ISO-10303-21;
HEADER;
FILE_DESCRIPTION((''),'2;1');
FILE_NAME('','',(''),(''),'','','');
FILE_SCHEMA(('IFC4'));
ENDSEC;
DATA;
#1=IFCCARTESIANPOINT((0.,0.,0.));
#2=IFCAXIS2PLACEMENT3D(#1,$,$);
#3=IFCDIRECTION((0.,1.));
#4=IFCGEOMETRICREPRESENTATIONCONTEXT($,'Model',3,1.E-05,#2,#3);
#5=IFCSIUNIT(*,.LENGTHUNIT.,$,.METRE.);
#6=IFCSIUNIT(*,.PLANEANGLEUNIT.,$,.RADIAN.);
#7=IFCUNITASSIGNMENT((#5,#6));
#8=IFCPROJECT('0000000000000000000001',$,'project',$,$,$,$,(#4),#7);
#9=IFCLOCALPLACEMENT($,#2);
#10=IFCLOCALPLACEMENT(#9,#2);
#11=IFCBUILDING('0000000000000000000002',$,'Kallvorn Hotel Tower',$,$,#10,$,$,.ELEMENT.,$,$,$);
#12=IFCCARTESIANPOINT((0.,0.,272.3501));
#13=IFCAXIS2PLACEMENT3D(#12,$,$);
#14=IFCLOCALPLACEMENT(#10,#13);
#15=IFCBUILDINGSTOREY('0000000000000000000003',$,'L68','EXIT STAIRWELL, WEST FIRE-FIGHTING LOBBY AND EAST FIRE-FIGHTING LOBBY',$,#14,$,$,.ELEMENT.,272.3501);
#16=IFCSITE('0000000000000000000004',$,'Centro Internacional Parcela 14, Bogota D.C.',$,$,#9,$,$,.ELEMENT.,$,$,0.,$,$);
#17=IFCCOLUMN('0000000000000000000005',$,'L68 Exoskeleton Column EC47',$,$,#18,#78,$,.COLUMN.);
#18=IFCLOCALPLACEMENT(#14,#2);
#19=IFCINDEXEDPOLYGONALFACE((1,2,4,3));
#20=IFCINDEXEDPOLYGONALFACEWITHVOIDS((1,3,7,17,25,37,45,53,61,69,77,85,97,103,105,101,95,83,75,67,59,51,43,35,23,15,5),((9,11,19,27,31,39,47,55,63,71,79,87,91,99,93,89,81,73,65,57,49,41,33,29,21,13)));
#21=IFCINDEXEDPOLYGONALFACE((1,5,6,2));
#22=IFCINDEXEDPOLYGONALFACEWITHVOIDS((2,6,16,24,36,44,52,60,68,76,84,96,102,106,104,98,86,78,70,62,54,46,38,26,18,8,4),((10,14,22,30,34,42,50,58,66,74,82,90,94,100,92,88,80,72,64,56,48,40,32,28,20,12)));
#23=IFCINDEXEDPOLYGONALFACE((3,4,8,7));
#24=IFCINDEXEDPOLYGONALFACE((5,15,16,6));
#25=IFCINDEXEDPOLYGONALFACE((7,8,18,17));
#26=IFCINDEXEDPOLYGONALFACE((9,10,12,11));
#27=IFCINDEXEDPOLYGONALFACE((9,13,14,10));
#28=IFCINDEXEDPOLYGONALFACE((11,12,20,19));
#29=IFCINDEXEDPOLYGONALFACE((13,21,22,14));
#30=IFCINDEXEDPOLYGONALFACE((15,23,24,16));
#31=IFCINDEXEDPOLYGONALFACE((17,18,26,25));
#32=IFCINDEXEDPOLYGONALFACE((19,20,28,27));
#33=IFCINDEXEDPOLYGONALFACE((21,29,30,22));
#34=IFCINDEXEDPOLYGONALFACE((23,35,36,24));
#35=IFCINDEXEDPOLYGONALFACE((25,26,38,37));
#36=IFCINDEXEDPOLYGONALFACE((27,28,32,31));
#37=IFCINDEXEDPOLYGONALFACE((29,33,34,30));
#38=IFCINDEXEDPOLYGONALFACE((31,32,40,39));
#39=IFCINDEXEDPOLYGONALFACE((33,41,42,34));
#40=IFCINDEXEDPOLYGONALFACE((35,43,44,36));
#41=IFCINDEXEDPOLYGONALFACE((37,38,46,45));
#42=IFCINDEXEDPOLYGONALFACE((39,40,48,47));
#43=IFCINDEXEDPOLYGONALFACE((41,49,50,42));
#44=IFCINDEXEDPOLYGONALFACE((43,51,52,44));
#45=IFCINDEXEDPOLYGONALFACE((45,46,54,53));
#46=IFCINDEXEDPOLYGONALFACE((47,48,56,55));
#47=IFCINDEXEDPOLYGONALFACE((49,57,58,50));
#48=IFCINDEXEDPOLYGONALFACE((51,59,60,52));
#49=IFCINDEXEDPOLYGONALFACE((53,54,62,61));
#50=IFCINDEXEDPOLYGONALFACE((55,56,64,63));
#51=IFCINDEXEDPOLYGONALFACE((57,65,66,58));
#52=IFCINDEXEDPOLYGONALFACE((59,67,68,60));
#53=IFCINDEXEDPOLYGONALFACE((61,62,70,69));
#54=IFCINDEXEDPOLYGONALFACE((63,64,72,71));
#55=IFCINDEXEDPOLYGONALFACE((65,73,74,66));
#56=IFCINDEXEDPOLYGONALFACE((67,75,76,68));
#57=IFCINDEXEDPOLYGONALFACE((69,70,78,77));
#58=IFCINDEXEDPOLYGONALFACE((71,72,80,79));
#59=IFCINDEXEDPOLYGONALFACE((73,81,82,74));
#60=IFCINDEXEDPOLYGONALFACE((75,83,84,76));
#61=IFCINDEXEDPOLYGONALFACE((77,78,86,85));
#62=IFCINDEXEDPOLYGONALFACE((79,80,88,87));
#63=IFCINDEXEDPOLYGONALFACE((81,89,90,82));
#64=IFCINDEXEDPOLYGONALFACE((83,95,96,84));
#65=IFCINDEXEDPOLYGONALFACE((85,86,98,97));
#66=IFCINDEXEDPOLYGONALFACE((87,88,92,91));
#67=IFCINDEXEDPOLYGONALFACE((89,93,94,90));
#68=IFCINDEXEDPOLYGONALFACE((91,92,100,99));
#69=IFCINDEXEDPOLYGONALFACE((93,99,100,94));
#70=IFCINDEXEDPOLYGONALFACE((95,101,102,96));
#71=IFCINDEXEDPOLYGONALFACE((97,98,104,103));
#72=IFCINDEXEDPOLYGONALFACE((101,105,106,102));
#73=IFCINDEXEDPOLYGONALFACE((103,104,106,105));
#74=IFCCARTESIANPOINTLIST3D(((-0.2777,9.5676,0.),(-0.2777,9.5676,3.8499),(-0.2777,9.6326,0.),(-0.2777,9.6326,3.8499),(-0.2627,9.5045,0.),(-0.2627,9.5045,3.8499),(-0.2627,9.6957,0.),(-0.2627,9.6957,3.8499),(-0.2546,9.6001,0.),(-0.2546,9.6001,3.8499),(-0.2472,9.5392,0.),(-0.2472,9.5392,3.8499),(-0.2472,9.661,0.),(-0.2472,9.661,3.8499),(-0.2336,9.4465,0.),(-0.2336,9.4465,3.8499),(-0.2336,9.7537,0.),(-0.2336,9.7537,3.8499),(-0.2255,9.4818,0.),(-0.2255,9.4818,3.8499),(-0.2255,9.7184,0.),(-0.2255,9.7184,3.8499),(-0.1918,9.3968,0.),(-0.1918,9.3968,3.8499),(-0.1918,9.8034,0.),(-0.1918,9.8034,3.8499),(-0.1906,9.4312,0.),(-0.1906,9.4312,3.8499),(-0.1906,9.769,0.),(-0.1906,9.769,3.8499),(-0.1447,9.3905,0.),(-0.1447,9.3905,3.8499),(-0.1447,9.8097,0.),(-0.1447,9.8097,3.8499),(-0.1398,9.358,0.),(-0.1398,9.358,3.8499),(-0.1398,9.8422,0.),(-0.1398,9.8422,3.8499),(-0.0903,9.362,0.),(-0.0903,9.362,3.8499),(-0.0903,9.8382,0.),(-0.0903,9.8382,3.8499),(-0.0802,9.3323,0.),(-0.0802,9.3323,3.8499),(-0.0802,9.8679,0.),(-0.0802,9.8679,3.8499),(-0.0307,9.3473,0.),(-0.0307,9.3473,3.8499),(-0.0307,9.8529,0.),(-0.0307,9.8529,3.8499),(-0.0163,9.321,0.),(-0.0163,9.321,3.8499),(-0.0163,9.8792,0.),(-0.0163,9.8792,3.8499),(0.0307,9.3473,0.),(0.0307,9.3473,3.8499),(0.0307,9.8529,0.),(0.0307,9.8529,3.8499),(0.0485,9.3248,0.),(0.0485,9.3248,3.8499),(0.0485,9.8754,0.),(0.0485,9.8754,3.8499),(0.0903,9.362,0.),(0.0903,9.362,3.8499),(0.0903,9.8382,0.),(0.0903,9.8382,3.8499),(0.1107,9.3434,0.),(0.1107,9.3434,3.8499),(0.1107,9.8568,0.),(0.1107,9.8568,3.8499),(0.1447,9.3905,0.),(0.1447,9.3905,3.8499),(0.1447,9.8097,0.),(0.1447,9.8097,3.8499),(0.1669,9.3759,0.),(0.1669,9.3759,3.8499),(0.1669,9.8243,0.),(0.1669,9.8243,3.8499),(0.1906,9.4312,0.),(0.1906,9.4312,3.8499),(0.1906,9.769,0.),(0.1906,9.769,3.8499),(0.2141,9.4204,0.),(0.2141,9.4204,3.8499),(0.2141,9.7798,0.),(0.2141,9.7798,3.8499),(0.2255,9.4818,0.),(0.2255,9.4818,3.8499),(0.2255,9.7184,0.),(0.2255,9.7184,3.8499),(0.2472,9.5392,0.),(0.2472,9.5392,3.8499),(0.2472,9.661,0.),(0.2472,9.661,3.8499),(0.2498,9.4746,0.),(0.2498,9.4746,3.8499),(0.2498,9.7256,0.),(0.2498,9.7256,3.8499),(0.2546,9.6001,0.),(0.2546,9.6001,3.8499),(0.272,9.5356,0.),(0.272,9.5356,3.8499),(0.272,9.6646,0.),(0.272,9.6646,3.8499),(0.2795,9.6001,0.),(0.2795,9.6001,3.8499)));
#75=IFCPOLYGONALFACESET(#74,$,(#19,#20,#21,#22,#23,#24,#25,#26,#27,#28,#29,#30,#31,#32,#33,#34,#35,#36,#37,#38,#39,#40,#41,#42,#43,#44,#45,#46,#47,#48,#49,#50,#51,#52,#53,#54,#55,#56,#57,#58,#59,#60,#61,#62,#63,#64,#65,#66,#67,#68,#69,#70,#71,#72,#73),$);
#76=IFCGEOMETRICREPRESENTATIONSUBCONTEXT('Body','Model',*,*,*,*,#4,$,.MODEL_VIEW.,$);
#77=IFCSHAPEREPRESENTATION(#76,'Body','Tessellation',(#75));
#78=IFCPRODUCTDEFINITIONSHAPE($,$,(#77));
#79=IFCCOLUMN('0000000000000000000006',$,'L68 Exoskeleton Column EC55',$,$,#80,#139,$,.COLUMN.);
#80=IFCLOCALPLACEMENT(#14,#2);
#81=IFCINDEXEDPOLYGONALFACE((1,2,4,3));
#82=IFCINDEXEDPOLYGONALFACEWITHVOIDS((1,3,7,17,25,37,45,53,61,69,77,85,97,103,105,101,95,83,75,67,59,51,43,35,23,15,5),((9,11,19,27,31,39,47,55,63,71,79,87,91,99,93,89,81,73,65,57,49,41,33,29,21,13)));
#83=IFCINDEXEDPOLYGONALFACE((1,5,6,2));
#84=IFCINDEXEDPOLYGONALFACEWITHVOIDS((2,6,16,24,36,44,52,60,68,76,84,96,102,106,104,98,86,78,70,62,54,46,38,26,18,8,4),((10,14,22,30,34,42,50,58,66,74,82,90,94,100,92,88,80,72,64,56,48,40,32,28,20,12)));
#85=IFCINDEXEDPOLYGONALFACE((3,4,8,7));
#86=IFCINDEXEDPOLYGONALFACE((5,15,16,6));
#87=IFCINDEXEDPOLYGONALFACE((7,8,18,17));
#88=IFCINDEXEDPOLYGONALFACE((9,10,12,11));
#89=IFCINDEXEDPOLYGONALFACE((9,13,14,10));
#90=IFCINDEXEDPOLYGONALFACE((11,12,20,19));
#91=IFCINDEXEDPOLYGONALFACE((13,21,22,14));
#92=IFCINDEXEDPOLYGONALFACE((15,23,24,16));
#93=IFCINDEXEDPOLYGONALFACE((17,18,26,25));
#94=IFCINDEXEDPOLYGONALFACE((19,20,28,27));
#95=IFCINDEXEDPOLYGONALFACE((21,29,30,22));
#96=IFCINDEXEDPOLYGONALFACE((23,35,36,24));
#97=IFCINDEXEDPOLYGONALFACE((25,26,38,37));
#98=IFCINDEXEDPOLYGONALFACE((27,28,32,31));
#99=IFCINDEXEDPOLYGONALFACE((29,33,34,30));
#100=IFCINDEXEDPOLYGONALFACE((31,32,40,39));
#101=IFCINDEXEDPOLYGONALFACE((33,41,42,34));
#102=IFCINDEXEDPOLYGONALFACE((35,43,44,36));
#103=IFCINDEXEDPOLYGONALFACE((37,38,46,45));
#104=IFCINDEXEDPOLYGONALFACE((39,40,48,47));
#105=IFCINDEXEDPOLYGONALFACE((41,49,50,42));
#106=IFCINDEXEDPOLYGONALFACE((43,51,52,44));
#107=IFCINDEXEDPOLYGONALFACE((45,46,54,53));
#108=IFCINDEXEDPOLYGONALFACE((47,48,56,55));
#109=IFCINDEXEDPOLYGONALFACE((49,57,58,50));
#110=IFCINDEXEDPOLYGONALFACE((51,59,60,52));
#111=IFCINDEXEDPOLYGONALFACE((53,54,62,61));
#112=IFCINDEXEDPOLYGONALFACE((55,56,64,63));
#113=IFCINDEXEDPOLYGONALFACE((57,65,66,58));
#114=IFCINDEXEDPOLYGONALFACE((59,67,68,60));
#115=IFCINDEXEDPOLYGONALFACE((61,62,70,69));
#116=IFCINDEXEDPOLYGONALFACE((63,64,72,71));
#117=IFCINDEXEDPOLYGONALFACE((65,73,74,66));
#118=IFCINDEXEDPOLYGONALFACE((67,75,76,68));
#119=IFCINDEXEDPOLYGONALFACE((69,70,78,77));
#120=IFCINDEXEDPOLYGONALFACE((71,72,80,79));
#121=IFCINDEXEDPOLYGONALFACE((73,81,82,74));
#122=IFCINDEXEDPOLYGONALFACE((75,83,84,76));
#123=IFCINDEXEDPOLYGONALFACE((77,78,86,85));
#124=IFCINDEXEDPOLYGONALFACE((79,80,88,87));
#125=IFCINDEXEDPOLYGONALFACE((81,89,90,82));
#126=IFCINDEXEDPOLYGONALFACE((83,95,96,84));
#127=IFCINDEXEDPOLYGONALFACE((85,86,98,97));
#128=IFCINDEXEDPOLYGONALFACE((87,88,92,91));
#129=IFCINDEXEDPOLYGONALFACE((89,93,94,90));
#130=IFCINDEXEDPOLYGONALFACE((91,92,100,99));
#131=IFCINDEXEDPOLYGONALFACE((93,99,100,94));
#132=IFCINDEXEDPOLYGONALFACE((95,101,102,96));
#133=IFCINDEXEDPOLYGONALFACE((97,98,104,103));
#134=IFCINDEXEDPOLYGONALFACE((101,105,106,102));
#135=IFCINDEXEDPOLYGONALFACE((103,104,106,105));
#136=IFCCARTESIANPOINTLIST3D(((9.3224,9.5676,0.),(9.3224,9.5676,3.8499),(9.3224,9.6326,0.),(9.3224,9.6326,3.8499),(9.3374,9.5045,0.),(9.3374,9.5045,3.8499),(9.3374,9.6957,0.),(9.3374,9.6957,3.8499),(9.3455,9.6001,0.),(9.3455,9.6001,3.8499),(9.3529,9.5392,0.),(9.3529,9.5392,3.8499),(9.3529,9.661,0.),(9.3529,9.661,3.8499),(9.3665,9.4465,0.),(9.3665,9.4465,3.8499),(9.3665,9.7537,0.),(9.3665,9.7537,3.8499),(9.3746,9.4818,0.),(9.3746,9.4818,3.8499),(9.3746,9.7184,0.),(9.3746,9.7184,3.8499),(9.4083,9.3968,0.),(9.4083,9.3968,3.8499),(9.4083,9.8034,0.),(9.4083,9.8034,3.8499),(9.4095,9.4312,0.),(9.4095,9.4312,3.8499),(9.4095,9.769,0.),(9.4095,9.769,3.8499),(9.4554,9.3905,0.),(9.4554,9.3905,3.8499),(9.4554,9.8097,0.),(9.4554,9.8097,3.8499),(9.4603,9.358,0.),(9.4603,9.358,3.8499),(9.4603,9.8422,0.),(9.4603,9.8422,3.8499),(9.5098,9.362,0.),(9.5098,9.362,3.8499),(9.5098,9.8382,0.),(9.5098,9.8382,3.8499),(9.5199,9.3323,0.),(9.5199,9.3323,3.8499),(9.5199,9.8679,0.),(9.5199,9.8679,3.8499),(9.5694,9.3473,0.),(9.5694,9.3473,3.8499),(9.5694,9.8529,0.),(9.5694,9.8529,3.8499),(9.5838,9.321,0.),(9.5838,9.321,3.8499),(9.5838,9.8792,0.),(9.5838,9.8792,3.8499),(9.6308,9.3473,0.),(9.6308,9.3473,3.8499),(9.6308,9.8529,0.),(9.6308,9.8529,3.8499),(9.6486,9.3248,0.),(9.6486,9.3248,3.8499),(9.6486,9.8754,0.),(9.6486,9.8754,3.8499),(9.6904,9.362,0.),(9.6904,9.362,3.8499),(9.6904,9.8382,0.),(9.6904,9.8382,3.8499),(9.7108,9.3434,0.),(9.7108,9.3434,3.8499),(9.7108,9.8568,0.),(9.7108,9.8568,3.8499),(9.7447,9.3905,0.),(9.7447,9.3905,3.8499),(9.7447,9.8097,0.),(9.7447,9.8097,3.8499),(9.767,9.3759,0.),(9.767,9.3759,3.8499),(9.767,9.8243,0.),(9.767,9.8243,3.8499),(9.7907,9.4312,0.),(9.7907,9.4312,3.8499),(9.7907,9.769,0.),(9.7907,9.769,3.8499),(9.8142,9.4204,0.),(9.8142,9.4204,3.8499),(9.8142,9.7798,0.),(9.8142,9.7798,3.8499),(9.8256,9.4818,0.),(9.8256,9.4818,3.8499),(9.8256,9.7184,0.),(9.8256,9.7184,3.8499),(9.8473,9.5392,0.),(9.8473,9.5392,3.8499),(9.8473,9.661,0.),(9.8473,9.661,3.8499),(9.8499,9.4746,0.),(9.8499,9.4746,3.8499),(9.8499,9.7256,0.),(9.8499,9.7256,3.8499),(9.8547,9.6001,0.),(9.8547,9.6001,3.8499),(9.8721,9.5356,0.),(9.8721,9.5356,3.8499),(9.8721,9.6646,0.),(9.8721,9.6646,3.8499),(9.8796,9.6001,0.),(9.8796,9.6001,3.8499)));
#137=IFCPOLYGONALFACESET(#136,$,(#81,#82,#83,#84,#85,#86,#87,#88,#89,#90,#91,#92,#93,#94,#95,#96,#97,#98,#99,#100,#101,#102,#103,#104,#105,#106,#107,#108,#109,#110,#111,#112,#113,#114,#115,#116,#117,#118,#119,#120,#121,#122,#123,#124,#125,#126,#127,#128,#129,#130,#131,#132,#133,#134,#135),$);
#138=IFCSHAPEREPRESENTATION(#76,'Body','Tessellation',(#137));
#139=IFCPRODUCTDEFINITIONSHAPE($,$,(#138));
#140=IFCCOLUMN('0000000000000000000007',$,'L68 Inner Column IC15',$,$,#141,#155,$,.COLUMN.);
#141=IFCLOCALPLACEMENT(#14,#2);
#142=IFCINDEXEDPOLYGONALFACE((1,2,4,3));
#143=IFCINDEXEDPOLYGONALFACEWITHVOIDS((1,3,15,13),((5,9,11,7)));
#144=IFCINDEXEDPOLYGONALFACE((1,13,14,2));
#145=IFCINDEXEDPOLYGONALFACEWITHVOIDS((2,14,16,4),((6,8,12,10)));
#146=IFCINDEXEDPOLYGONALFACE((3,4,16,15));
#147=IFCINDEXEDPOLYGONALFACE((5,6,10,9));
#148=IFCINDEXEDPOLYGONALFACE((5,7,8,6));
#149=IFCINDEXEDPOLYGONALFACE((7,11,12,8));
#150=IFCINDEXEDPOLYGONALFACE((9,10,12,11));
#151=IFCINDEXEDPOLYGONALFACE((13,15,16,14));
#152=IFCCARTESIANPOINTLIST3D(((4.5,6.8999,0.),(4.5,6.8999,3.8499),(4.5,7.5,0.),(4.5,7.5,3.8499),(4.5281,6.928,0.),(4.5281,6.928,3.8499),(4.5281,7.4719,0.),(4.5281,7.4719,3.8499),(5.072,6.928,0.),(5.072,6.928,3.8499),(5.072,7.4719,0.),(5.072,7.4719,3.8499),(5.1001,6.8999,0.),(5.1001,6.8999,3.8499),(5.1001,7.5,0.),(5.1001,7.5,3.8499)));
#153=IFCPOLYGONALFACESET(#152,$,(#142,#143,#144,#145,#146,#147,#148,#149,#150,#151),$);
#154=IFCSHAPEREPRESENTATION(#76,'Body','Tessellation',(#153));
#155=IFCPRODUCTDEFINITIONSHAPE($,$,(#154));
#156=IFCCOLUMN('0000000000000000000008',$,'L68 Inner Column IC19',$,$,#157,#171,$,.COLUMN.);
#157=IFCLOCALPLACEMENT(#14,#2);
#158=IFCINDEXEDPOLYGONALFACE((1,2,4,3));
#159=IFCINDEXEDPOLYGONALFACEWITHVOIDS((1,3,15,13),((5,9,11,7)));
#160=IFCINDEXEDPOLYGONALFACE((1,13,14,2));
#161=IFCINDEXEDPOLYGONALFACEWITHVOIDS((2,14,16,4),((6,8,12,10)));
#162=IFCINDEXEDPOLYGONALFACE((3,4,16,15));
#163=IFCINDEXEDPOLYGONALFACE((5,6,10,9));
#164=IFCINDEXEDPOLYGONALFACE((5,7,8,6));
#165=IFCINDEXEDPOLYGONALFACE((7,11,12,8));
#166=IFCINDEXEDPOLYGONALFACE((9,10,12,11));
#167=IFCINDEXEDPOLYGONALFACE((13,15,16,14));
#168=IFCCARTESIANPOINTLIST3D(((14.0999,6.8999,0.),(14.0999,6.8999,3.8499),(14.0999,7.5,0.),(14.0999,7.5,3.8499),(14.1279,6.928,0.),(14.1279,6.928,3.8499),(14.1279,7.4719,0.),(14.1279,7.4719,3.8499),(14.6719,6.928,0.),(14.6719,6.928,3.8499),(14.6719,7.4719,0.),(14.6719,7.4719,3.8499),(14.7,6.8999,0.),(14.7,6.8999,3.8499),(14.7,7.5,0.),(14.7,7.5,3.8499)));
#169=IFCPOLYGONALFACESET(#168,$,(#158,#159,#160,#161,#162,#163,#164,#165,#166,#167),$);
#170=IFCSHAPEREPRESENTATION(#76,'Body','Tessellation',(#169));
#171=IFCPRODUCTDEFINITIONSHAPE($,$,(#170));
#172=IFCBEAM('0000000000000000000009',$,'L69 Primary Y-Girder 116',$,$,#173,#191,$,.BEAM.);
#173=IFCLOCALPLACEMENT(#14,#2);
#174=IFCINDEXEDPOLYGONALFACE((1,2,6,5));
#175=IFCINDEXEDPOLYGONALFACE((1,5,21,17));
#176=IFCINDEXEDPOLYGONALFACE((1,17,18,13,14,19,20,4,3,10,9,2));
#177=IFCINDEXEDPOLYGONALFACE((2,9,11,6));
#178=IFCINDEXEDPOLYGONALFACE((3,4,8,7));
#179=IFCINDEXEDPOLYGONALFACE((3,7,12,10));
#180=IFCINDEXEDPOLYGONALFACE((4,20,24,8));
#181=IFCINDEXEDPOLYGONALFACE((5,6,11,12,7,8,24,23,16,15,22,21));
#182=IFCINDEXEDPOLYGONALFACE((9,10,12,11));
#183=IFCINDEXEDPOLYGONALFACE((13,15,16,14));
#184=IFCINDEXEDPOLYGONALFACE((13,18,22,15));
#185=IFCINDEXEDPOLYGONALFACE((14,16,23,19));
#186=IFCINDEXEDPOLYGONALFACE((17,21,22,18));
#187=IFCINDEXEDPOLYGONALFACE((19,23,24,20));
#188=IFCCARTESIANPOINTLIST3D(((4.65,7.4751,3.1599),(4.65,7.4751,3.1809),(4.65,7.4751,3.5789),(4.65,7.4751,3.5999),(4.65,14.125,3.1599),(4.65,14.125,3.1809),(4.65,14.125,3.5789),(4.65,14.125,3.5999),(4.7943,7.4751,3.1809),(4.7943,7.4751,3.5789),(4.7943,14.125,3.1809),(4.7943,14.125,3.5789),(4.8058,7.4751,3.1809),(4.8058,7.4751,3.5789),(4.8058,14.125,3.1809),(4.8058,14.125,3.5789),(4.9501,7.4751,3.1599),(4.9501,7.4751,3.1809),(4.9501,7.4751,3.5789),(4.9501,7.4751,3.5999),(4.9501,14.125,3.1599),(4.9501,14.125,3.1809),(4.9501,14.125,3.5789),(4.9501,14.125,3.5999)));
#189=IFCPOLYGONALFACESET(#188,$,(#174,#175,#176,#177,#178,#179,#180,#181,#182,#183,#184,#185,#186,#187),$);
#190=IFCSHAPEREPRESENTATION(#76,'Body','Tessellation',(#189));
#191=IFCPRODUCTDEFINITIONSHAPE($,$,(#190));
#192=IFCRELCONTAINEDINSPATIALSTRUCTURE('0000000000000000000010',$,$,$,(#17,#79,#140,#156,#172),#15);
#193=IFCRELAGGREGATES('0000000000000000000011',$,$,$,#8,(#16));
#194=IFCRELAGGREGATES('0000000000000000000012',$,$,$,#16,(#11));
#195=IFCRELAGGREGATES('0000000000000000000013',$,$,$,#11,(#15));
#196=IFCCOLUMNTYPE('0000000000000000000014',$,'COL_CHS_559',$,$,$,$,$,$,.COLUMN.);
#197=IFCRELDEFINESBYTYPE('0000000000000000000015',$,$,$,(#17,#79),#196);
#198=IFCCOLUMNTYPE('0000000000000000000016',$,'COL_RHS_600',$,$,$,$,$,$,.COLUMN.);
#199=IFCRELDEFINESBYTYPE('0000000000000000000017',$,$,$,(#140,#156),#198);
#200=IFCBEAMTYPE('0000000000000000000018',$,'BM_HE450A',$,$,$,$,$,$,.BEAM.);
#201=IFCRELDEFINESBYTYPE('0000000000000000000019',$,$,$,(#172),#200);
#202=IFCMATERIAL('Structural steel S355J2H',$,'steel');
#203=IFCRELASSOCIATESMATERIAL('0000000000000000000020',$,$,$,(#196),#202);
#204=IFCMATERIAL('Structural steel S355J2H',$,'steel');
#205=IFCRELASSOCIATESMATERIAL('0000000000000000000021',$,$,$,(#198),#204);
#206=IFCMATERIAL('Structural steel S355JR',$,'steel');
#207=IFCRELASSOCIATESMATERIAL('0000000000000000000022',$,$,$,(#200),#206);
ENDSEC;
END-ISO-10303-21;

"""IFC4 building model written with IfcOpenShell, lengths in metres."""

from ifc_helpers import new_model, si_unit, direction, frame, origin, origin_2d, place, context, subcontext, project, spatial, hollow_rectangle, hollow_circle, i_section, extrude, material, material_profile, profile_set, type_object, element, save


model = new_model("IFC4")

# Units and contexts
model_context = context("Model", 3, precision=1e-05, world=origin(), true_north=direction((0.0, 1.0)))
body_context = subcontext(model_context, "Body", "Model", "MODEL_VIEW")
ifc_project = project(units=[si_unit("LENGTHUNIT", "METRE"), si_unit("PLANEANGLEUNIT", "RADIAN")], contexts=[model_context])

# Site, building, storey
site_placement = place(None, origin())
site = spatial("IfcSite", under=ifc_project, at=site_placement, Name="Centro Internacional Parcela 14, Bogota D.C.", CompositionType="ELEMENT", RefElevation=0.0)
building_placement = place(site_placement, origin())
building = spatial("IfcBuilding", under=site, at=building_placement, Name="Kallvorn Hotel Tower", CompositionType="ELEMENT")
storey_placement = place(building_placement, frame((0.0, 0.0, 272.3501)))
storey = spatial("IfcBuildingStorey", under=building, at=storey_placement, Name="L68", Description="EXIT STAIRWELL, WEST FIRE-FIGHTING LOBBY AND EAST FIRE-FIGHTING LOBBY", CompositionType="ELEMENT", Elevation=272.3501)

# Columns
ifc_material_1 = material(Name="Structural steel S355J2H", Category="steel")
ifc_material_profile_1 = material_profile(ifc_material_1, hollow_circle(Radius=0.2795, WallThickness=0.0249, at=origin_2d()), Name="CHS 559x25")
ifc_profile_set_1 = profile_set([ifc_material_profile_1], Name="Structural steel S355J2H")
column_type_1 = type_object("IfcColumnType", Name="COL_CHS_559", PredefinedType="COLUMN", material=ifc_profile_set_1)
for number, where, z_axis, x_axis, name in (
    (1, (0.0, 9.6001, 0.0), (0.0, 0.0, 1.0), (1.0, 0.0, 0.0), "L68 Exoskeleton Column EC47"),
    (2, (9.6001, 9.6001, 0.0), (0.0, 0.0, 1.0), (1.0, 0.0, 0.0), "L68 Exoskeleton Column EC55"),
):
    element("IfcColumn", number, at=place(storey_placement, frame(where, z_axis=z_axis, x_axis=x_axis)), inside=storey, type_object=column_type_1, Name=name, PredefinedType="COLUMN", context=body_context, shape_type="SweptSolid", body=[
        extrude(hollow_circle(Radius=0.2795, WallThickness=0.0249, at=origin_2d()), origin(), (0.0, 0.0, 1.0), 3.8499),
    ])
ifc_material_2 = material(Name="Structural steel S355J2H", Category="steel")
ifc_material_profile_2 = material_profile(ifc_material_2, hollow_rectangle(XDim=0.6001, YDim=0.6001, WallThickness=0.0281, at=origin_2d()), Name="RHS 600x600x28")
ifc_profile_set_2 = profile_set([ifc_material_profile_2], Name="Structural steel S355J2H")
column_type_2 = type_object("IfcColumnType", Name="COL_RHS_600", PredefinedType="COLUMN", material=ifc_profile_set_2)
for number, where, z_axis, x_axis, name in (
    (3, (4.8, 7.2, 0.0), (0.0, 0.0, 1.0), (1.0, 0.0, 0.0), "L68 Inner Column IC15"),
    (4, (14.3999, 7.2, 0.0), (0.0, 0.0, 1.0), (1.0, 0.0, 0.0), "L68 Inner Column IC19"),
):
    element("IfcColumn", number, at=place(storey_placement, frame(where, z_axis=z_axis, x_axis=x_axis)), inside=storey, type_object=column_type_2, Name=name, PredefinedType="COLUMN", context=body_context, shape_type="SweptSolid", body=[
        extrude(hollow_rectangle(XDim=0.6001, YDim=0.6001, WallThickness=0.0281, at=origin_2d()), origin(), (0.0, 0.0, 1.0), 3.8499),
    ])

# Beam
ifc_material_3 = material(Name="Structural steel S355JR", Category="steel")
ifc_material_profile_3 = material_profile(ifc_material_3, i_section(OverallWidth=0.3, OverallDepth=0.4399, WebThickness=0.0115, FlangeThickness=0.021, at=origin_2d()), Name="HE 450 A")
ifc_profile_set_3 = profile_set([ifc_material_profile_3], Name="Structural steel S355JR")
beam_type_1 = type_object("IfcBeamType", Name="BM_HE450A", PredefinedType="BEAM", material=ifc_profile_set_3)
for number, where, z_axis, x_axis, name in (
    (5, (4.8, 7.4751, 3.3799), (0.0, 1.0, 0.0), (-1.0, 0.0, 0.0), "L69 Primary Y-Girder 116"),
):
    element("IfcBeam", number, at=place(storey_placement, frame(where, z_axis=z_axis, x_axis=x_axis)), inside=storey, type_object=beam_type_1, Name=name, PredefinedType="BEAM", context=body_context, shape_type="SweptSolid", body=[
        extrude(i_section(OverallWidth=0.3, OverallDepth=0.4399, WebThickness=0.0115, FlangeThickness=0.021, at=origin_2d()), origin(), (0.0, 0.0, 1.0), 6.6499),
    ])

save(model, "model.ifc")
